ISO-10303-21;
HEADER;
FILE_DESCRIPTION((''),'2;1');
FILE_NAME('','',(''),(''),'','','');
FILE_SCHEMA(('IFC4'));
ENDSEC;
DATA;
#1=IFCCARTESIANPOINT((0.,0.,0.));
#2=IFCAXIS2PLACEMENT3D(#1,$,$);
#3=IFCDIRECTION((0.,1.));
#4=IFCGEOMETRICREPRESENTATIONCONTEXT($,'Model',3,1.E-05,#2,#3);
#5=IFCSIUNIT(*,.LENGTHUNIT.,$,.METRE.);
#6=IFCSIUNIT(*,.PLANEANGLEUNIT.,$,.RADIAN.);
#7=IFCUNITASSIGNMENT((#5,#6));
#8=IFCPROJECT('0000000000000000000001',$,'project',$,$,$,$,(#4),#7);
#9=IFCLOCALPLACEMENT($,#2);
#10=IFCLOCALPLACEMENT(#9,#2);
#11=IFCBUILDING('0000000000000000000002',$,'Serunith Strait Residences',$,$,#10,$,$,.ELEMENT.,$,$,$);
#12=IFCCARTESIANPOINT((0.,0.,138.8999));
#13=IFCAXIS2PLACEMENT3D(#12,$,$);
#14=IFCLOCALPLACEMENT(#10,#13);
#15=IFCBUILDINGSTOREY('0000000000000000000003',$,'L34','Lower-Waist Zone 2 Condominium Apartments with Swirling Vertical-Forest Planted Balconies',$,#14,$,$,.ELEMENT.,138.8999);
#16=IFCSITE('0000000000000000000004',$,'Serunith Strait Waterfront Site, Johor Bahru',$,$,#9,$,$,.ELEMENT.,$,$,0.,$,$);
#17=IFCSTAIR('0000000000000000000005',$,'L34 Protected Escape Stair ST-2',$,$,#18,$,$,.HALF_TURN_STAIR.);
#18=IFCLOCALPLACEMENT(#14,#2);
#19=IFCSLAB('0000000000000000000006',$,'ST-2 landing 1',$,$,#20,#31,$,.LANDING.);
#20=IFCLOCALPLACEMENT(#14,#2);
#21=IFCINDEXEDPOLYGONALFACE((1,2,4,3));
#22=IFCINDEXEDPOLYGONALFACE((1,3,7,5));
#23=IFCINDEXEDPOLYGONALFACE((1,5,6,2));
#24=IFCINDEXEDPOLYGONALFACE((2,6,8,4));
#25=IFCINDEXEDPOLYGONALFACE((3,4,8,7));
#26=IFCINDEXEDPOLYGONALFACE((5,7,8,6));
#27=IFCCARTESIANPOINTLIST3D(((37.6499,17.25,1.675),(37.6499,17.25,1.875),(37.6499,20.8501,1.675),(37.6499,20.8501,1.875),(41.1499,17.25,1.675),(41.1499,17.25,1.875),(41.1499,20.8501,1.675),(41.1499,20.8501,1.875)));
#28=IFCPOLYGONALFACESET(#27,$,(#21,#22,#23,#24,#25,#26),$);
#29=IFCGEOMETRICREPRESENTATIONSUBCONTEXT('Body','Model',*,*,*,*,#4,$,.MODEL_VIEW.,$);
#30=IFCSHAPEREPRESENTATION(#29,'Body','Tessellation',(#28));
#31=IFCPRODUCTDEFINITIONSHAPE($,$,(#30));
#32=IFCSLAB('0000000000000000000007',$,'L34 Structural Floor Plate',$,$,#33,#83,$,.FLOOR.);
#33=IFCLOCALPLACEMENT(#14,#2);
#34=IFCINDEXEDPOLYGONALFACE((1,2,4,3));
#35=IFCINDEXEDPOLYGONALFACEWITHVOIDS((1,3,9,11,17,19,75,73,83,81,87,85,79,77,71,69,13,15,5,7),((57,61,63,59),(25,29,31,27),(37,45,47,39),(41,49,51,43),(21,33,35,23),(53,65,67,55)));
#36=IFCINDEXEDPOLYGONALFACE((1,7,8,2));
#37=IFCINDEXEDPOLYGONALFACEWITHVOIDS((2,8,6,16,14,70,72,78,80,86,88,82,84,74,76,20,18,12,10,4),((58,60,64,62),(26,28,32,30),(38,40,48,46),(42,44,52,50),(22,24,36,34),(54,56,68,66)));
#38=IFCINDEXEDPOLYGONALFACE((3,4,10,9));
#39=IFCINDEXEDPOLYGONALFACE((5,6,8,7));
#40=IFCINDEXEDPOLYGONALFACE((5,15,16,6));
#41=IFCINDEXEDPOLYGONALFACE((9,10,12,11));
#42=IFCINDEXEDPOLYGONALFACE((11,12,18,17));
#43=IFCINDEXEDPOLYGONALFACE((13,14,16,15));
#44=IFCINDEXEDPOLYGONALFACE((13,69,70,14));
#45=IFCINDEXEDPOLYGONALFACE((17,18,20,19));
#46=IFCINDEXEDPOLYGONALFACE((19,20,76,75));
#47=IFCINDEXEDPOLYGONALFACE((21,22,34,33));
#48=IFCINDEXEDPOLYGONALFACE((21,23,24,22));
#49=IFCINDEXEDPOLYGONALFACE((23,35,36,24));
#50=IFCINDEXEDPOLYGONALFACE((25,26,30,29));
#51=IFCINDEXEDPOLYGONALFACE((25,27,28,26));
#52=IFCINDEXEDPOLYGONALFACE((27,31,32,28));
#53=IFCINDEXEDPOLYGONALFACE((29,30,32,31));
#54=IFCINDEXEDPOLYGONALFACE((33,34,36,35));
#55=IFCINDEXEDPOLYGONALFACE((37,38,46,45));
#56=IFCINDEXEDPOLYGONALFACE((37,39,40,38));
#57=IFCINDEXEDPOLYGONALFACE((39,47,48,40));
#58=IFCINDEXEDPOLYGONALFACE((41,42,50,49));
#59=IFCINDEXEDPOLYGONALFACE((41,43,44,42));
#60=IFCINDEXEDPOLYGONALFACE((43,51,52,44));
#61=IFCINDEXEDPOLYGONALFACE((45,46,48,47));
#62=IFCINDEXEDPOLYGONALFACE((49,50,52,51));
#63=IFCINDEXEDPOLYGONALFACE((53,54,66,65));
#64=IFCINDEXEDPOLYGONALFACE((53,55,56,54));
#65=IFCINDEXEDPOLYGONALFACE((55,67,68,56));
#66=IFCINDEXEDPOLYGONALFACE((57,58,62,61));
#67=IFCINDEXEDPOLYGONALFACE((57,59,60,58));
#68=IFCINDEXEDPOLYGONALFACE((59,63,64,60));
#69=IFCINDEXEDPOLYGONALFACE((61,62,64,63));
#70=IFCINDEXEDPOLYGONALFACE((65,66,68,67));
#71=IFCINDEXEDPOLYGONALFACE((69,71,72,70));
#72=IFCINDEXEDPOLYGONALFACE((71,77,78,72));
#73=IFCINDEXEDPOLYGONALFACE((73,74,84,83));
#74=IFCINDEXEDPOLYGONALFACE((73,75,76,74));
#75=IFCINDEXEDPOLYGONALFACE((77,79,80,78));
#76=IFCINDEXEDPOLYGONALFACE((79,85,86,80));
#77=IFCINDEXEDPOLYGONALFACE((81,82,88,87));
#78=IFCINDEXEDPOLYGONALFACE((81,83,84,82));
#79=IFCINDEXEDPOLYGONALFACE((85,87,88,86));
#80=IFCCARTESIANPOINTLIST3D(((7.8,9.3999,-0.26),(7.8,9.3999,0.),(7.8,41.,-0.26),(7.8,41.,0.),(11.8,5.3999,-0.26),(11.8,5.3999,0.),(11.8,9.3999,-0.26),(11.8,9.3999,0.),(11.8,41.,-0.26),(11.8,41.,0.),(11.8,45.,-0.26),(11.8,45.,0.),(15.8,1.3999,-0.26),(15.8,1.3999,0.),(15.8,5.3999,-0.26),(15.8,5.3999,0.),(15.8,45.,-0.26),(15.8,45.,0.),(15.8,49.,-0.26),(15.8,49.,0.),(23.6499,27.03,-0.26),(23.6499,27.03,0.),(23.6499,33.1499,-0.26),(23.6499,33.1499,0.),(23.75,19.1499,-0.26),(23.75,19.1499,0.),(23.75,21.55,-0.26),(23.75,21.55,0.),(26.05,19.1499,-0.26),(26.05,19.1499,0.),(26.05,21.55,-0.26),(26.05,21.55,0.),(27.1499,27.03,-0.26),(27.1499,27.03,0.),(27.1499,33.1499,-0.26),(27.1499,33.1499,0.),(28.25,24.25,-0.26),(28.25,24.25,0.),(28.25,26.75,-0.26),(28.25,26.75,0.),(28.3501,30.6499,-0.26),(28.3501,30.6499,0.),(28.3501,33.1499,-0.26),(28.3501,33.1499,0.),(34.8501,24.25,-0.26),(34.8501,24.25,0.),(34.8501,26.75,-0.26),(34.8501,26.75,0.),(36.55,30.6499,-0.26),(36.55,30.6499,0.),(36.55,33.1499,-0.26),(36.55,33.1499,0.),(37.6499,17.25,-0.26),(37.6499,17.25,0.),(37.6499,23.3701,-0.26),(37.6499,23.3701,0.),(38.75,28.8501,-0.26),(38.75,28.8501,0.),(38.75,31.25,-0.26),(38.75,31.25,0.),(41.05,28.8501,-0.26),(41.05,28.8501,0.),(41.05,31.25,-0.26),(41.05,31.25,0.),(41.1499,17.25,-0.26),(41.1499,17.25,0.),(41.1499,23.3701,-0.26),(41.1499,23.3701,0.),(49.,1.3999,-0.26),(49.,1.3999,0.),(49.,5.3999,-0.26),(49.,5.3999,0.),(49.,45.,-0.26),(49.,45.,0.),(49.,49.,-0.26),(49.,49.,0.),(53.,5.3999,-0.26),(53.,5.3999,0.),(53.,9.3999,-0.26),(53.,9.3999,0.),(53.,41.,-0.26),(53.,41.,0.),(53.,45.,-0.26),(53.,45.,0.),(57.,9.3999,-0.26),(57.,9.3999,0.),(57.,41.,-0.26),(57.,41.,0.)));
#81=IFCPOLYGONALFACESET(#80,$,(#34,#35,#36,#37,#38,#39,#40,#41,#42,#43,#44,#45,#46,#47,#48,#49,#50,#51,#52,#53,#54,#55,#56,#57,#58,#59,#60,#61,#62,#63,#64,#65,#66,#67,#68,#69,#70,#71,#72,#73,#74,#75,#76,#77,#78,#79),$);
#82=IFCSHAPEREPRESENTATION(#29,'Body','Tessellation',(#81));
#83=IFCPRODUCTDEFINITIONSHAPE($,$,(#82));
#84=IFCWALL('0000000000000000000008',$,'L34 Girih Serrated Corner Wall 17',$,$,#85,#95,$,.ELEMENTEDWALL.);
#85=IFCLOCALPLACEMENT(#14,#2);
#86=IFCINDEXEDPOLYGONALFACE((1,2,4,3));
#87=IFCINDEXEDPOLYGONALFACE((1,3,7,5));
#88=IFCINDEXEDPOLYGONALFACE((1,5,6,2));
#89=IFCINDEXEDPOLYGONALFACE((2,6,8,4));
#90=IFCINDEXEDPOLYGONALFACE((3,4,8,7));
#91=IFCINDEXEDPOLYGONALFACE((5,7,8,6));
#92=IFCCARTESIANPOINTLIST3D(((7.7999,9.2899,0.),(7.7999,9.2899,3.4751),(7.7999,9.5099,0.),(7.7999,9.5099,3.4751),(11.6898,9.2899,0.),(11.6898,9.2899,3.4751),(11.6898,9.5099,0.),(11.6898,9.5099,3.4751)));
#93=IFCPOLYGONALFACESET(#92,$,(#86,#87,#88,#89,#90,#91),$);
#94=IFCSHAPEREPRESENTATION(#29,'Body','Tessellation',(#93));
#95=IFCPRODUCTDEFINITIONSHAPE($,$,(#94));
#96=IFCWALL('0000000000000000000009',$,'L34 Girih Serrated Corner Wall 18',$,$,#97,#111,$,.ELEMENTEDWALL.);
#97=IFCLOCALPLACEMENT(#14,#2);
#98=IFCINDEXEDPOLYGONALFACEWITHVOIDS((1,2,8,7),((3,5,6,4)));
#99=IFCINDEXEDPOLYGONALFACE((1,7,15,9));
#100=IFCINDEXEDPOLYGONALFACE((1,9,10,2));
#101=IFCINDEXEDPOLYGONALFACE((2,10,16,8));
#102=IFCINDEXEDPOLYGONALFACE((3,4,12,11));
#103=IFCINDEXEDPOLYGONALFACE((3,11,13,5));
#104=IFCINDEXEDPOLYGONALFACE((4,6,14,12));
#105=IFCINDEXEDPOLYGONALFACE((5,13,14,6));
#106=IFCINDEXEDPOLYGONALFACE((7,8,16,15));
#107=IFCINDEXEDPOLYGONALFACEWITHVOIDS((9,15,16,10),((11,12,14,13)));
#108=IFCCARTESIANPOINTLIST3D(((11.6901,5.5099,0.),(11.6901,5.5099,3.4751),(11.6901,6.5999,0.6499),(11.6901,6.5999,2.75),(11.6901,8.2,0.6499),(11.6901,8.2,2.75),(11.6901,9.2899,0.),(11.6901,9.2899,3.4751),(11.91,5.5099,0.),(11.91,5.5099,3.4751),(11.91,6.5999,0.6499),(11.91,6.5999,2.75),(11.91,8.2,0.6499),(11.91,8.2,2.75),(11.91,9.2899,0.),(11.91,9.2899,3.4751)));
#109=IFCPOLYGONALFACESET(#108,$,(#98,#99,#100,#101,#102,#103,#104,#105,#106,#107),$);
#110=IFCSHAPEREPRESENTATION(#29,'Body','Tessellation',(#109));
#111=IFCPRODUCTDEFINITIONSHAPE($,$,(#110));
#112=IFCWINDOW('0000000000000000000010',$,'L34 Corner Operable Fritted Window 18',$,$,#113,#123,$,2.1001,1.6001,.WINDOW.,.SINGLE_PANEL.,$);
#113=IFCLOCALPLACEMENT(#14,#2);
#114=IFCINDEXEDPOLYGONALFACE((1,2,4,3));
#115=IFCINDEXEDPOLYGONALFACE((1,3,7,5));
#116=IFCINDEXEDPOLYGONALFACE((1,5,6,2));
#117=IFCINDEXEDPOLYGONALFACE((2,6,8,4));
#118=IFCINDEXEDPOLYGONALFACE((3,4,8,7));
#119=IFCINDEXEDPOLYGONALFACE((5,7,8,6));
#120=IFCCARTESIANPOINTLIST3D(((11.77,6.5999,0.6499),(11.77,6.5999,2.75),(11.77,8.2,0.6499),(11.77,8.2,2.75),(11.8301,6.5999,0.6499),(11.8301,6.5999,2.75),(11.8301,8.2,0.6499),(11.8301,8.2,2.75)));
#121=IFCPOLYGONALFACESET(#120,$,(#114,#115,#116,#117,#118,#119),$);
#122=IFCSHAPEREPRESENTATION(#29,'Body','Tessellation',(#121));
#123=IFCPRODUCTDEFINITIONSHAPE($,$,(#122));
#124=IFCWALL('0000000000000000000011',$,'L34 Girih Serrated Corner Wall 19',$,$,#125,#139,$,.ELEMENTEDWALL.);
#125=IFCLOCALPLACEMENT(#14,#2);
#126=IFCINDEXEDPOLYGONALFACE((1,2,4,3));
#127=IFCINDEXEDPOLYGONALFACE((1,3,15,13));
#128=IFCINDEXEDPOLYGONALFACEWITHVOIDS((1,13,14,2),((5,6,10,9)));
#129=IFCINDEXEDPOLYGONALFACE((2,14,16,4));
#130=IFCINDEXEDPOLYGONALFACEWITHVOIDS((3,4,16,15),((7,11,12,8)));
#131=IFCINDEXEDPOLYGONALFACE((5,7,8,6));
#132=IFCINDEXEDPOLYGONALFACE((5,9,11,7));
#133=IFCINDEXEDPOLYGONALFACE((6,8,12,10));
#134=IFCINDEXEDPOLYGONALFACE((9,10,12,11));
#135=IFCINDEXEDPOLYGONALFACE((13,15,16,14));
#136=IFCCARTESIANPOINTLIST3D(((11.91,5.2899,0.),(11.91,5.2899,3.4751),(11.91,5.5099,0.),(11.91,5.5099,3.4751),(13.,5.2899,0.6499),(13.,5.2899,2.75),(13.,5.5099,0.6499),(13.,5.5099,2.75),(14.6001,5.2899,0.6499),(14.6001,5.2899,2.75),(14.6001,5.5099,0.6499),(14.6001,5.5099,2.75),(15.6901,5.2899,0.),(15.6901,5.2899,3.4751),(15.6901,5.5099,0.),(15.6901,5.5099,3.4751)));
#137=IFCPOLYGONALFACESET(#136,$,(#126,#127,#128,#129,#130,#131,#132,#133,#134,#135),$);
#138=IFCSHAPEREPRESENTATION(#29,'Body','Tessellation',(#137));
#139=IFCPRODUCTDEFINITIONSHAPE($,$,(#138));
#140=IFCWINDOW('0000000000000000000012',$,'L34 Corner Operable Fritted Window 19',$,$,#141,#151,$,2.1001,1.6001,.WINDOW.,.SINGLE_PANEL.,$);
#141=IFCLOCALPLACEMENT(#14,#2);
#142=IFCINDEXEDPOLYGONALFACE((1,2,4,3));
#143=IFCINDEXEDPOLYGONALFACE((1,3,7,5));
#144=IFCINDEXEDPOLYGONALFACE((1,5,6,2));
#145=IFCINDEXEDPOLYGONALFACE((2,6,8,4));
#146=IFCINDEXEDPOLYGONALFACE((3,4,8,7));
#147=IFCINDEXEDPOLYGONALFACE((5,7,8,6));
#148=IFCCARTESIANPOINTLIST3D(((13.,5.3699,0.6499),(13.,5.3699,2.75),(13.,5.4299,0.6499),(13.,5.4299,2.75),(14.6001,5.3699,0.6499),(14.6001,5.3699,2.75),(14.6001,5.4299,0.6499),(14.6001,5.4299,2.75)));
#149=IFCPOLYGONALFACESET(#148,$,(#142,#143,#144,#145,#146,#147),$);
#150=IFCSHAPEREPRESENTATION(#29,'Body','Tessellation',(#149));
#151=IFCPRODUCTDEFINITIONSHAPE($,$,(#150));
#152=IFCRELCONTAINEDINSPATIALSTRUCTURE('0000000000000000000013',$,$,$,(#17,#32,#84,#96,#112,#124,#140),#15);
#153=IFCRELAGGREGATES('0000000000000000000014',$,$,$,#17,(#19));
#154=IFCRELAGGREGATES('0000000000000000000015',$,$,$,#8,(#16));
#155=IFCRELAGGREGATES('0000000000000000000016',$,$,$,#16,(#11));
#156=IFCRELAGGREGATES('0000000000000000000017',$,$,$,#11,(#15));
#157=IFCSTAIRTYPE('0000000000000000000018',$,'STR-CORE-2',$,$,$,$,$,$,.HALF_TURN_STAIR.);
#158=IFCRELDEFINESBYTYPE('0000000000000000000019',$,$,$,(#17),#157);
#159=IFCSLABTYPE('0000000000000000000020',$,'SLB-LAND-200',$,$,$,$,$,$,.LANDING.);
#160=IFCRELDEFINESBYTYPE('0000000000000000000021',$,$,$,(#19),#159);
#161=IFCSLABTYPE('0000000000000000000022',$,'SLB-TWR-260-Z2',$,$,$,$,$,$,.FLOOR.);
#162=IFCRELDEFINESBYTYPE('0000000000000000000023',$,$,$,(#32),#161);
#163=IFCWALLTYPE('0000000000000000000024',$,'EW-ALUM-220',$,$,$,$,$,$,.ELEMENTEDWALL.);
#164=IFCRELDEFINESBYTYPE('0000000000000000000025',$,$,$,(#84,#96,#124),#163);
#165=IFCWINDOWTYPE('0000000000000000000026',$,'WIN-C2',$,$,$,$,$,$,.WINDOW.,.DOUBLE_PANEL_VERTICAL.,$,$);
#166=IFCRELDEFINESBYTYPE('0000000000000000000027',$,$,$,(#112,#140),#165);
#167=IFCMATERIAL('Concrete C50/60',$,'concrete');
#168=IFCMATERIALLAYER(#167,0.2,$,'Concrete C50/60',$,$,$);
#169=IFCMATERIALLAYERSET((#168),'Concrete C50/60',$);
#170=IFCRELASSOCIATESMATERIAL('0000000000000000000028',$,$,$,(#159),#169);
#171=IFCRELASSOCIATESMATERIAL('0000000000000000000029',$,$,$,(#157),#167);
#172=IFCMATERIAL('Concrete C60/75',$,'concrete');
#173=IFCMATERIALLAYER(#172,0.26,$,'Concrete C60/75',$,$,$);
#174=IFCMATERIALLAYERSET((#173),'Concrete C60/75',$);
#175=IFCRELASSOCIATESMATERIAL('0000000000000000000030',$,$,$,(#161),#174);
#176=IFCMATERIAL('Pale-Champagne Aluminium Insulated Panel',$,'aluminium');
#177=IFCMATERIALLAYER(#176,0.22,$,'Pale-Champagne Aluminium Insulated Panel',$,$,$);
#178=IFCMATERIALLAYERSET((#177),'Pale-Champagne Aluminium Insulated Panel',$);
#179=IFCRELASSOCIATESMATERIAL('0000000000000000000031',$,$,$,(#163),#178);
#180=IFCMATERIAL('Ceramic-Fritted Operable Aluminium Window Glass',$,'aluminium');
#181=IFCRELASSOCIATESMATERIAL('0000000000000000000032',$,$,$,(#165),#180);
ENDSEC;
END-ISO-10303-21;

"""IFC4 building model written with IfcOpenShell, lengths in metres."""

from ifc_helpers import new_model, si_unit, direction, frame, frame_2d, origin, place, context, subcontext, project, spatial, polyline, rectangle, outline, extrude, source, transform, mapped, material, layer, layer_set, type_object, element, fill, aggregate, save


model = new_model("IFC4")

# Units and contexts
model_context = context("Model", 3, precision=1e-05, world=origin(), true_north=direction((0.0, 1.0)))
body_context = subcontext(model_context, "Body", "Model", "MODEL_VIEW")
ifc_project = project(units=[si_unit("LENGTHUNIT", "METRE"), si_unit("PLANEANGLEUNIT", "RADIAN")], contexts=[model_context])

# Site, building, storey
site_placement = place(None, origin())
site = spatial("IfcSite", under=ifc_project, at=site_placement, Name="Serunith Strait Waterfront Site, Johor Bahru", CompositionType="ELEMENT", RefElevation=0.0)
building_placement = place(site_placement, origin())
building = spatial("IfcBuilding", under=site, at=building_placement, Name="Serunith Strait Residences", CompositionType="ELEMENT")
storey_placement = place(building_placement, frame((0.0, 0.0, 138.8999)))
storey = spatial("IfcBuildingStorey", under=building, at=storey_placement, Name="L34", Description="Lower-Waist Zone 2 Condominium Apartments with Swirling Vertical-Forest Planted Balconies", CompositionType="ELEMENT", Elevation=138.8999)

# Shared definitions
ifc_material_1 = material(Name="Concrete C50/60", Category="concrete")

# Stair, slab
ifc_layer_1 = layer(ifc_material_1, 0.2, Name="Concrete C50/60")
ifc_layer_set_1 = layer_set([ifc_layer_1], Name="Concrete C50/60")
slab_type_1 = type_object("IfcSlabType", Name="SLB-LAND-200", PredefinedType="LANDING", material=ifc_layer_set_1)
stair_type_1 = type_object("IfcStairType", Name="STR-CORE-2", PredefinedType="HALF_TURN_STAIR", material=ifc_material_1)
stair_1_placement = place(storey_placement, origin())
stair_1 = element("IfcStair", 1, at=stair_1_placement, inside=storey, type_object=stair_type_1, Name="L34 Protected Escape Stair ST-2", PredefinedType="HALF_TURN_STAIR")
slab_1_placement = place(storey_placement, frame((0.0, 0.0, 1.675)))
slab_1 = element("IfcSlab", 2, at=slab_1_placement, type_object=slab_type_1, Name="ST-2 landing 1", PredefinedType="LANDING", context=body_context, shape_type="SweptSolid", body=[
    extrude(outline(polyline([(37.6499, 20.8501), (37.6499, 17.25), (41.1499, 17.25), (41.1499, 20.8501), (37.6499, 20.8501)])), origin(), (0.0, 0.0, 1.0), 0.2),
])
aggregate(stair_1, [slab_1])

# Slab
ifc_material_2 = material(Name="Concrete C60/75", Category="concrete")
ifc_layer_2 = layer(ifc_material_2, 0.26, Name="Concrete C60/75")
ifc_layer_set_2 = layer_set([ifc_layer_2], Name="Concrete C60/75")
slab_type_2 = type_object("IfcSlabType", Name="SLB-TWR-260-Z2", PredefinedType="FLOOR", material=ifc_layer_set_2)
slab_2_placement = place(storey_placement, frame((0.0, 0.0, -0.26)))
element("IfcSlab", 3, at=slab_2_placement, inside=storey, type_object=slab_type_2, Name="L34 Structural Floor Plate", PredefinedType="FLOOR", context=body_context, shape_type="SweptSolid", body=[
    extrude(outline(polyline([(15.8, 5.3999), (11.8, 5.3999), (11.8, 9.3999), (7.8, 9.3999), (7.8, 41.0), (11.8, 41.0), (11.8, 45.0), (15.8, 45.0), (15.8, 49.0), (49.0, 49.0), (49.0, 45.0), (53.0, 45.0), (53.0, 41.0), (57.0, 41.0), (57.0, 9.3999), (53.0, 9.3999), (53.0, 5.3999), (49.0, 5.3999), (49.0, 1.3999), (15.8, 1.3999), (15.8, 5.3999)]), holes=[polyline([(41.1499, 23.3701), (37.6499, 23.3701), (37.6499, 17.25), (41.1499, 17.25), (41.1499, 23.3701)]), polyline([(38.75, 31.25), (38.75, 28.8501), (41.05, 28.8501), (41.05, 31.25), (38.75, 31.25)]), polyline([(36.55, 33.1499), (28.3501, 33.1499), (28.3501, 30.6499), (36.55, 30.6499), (36.55, 33.1499)]), polyline([(34.8501, 26.75), (28.25, 26.75), (28.25, 24.25), (34.8501, 24.25), (34.8501, 26.75)]), polyline([(23.6499, 33.1499), (23.6499, 27.03), (27.1499, 27.03), (27.1499, 33.1499), (23.6499, 33.1499)]), polyline([(26.05, 21.55), (23.75, 21.55), (23.75, 19.1499), (26.05, 19.1499), (26.05, 21.55)])]), origin(), (0.0, 0.0, 1.0), 0.26),
])

# Wall
ifc_material_3 = material(Name="Pale-Champagne Aluminium Insulated Panel", Category="aluminium")
ifc_layer_3 = layer(ifc_material_3, 0.22, Name="Pale-Champagne Aluminium Insulated Panel")
ifc_layer_set_3 = layer_set([ifc_layer_3], Name="Pale-Champagne Aluminium Insulated Panel")
wall_type_1 = type_object("IfcWallType", Name="EW-ALUM-220", PredefinedType="ELEMENTEDWALL", material=ifc_layer_set_3)
wall_1_placement = place(storey_placement, frame((7.8, 9.3999, 0.0), z_axis=(0.0, 0.0, 1.0), x_axis=(1.0, 0.0, 0.0)))
element("IfcWall", 4, at=wall_1_placement, inside=storey, type_object=wall_type_1, Name="L34 Girih Serrated Corner Wall 17", PredefinedType="ELEMENTEDWALL", context=body_context, shape_type="SweptSolid", body=[
    extrude(rectangle(XDim=3.8899, YDim=0.22, at=frame_2d((1.9448, 0.0))), origin(), (0.0, 0.0, 1.0), 3.4751),
])

# Walls, openings, windows
wall_2_placement = place(storey_placement, frame((11.8, 9.29, 0.0), z_axis=(0.0, 0.0, 1.0), x_axis=(0.0, -1.0, 0.0)))
wall_2 = element("IfcWall", 5, at=wall_2_placement, inside=storey, type_object=wall_type_1, Name="L34 Girih Serrated Corner Wall 18", PredefinedType="ELEMENTEDWALL", context=body_context, shape_type="SweptSolid", body=[
    extrude(rectangle(XDim=3.78, YDim=0.22, at=frame_2d((1.8901, 0.0))), origin(), (0.0, 0.0, 1.0), 3.4751),
])
opening_1_placement = place(wall_2_placement, frame((1.0901, 0.0, 0.6499)))
opening_1 = element("IfcOpeningElement", 6, at=opening_1_placement, cuts=wall_2, PredefinedType="OPENING", context=body_context, shape_type="SweptSolid", body=[
    extrude(rectangle(XDim=1.6001, YDim=2.1001, at=frame_2d((0.8, 1.05))), frame((0.0, 0.1201, 0.0), z_axis=(0.0, -1.0, 0.0), x_axis=(1.0, 0.0, 0.0)), (0.0, 0.0, 1.0), 0.24),
])
ifc_material_4 = material(Name="Ceramic-Fritted Operable Aluminium Window Glass", Category="aluminium")
window_type = type_object("IfcWindowType", Name="WIN-C2", PartitioningType="DOUBLE_PANEL_VERTICAL", PredefinedType="WINDOW", material=ifc_material_4)
shared_shape_1 = source(origin(), body_context, "Body", "SweptSolid", [
    extrude(rectangle(XDim=1.6001, YDim=2.1001, at=frame_2d((0.8, 1.05))), frame((0.0, 0.03, 0.0), z_axis=(0.0, -1.0, 0.0), x_axis=(1.0, 0.0, 0.0)), (0.0, 0.0, 1.0), 0.0601),
])
window_1_placement = place(opening_1_placement, origin())
window_1 = element("IfcWindow", 7, at=window_1_placement, inside=storey, type_object=window_type, Name="L34 Corner Operable Fritted Window 18", OverallHeight=2.1001, OverallWidth=1.6001, PartitioningType="SINGLE_PANEL", PredefinedType="WINDOW", context=body_context, shape_type="MappedRepresentation", body=[
    mapped(shared_shape_1, transform((0.0, 0.0, 0.0), scale=1.0)),
])
fill(opening_1, window_1)
wall_3_placement = place(storey_placement, frame((11.9099, 5.3999, 0.0), z_axis=(0.0, 0.0, 1.0), x_axis=(1.0, 0.0, 0.0)))
wall_3 = element("IfcWall", 8, at=wall_3_placement, inside=storey, type_object=wall_type_1, Name="L34 Girih Serrated Corner Wall 19", PredefinedType="ELEMENTEDWALL", context=body_context, shape_type="SweptSolid", body=[
    extrude(rectangle(XDim=3.78, YDim=0.22, at=frame_2d((1.8901, 0.0))), origin(), (0.0, 0.0, 1.0), 3.4751),
])
opening_2_placement = place(wall_3_placement, frame((1.0901, 0.0, 0.6499)))
opening_2 = element("IfcOpeningElement", 9, at=opening_2_placement, cuts=wall_3, PredefinedType="OPENING", context=body_context, shape_type="SweptSolid", body=[
    extrude(rectangle(XDim=1.6001, YDim=2.1001, at=frame_2d((0.8, 1.05))), frame((0.0, 0.1201, 0.0), z_axis=(0.0, -1.0, 0.0), x_axis=(1.0, 0.0, 0.0)), (0.0, 0.0, 1.0), 0.24),
])
window_2_placement = place(opening_2_placement, origin())
window_2 = element("IfcWindow", 10, at=window_2_placement, inside=storey, type_object=window_type, Name="L34 Corner Operable Fritted Window 19", OverallHeight=2.1001, OverallWidth=1.6001, PartitioningType="SINGLE_PANEL", PredefinedType="WINDOW", context=body_context, shape_type="MappedRepresentation", body=[
    mapped(shared_shape_1, transform((0.0, 0.0, 0.0), scale=1.0)),
])
fill(opening_2, window_2)

save(model, "model.ifc")
